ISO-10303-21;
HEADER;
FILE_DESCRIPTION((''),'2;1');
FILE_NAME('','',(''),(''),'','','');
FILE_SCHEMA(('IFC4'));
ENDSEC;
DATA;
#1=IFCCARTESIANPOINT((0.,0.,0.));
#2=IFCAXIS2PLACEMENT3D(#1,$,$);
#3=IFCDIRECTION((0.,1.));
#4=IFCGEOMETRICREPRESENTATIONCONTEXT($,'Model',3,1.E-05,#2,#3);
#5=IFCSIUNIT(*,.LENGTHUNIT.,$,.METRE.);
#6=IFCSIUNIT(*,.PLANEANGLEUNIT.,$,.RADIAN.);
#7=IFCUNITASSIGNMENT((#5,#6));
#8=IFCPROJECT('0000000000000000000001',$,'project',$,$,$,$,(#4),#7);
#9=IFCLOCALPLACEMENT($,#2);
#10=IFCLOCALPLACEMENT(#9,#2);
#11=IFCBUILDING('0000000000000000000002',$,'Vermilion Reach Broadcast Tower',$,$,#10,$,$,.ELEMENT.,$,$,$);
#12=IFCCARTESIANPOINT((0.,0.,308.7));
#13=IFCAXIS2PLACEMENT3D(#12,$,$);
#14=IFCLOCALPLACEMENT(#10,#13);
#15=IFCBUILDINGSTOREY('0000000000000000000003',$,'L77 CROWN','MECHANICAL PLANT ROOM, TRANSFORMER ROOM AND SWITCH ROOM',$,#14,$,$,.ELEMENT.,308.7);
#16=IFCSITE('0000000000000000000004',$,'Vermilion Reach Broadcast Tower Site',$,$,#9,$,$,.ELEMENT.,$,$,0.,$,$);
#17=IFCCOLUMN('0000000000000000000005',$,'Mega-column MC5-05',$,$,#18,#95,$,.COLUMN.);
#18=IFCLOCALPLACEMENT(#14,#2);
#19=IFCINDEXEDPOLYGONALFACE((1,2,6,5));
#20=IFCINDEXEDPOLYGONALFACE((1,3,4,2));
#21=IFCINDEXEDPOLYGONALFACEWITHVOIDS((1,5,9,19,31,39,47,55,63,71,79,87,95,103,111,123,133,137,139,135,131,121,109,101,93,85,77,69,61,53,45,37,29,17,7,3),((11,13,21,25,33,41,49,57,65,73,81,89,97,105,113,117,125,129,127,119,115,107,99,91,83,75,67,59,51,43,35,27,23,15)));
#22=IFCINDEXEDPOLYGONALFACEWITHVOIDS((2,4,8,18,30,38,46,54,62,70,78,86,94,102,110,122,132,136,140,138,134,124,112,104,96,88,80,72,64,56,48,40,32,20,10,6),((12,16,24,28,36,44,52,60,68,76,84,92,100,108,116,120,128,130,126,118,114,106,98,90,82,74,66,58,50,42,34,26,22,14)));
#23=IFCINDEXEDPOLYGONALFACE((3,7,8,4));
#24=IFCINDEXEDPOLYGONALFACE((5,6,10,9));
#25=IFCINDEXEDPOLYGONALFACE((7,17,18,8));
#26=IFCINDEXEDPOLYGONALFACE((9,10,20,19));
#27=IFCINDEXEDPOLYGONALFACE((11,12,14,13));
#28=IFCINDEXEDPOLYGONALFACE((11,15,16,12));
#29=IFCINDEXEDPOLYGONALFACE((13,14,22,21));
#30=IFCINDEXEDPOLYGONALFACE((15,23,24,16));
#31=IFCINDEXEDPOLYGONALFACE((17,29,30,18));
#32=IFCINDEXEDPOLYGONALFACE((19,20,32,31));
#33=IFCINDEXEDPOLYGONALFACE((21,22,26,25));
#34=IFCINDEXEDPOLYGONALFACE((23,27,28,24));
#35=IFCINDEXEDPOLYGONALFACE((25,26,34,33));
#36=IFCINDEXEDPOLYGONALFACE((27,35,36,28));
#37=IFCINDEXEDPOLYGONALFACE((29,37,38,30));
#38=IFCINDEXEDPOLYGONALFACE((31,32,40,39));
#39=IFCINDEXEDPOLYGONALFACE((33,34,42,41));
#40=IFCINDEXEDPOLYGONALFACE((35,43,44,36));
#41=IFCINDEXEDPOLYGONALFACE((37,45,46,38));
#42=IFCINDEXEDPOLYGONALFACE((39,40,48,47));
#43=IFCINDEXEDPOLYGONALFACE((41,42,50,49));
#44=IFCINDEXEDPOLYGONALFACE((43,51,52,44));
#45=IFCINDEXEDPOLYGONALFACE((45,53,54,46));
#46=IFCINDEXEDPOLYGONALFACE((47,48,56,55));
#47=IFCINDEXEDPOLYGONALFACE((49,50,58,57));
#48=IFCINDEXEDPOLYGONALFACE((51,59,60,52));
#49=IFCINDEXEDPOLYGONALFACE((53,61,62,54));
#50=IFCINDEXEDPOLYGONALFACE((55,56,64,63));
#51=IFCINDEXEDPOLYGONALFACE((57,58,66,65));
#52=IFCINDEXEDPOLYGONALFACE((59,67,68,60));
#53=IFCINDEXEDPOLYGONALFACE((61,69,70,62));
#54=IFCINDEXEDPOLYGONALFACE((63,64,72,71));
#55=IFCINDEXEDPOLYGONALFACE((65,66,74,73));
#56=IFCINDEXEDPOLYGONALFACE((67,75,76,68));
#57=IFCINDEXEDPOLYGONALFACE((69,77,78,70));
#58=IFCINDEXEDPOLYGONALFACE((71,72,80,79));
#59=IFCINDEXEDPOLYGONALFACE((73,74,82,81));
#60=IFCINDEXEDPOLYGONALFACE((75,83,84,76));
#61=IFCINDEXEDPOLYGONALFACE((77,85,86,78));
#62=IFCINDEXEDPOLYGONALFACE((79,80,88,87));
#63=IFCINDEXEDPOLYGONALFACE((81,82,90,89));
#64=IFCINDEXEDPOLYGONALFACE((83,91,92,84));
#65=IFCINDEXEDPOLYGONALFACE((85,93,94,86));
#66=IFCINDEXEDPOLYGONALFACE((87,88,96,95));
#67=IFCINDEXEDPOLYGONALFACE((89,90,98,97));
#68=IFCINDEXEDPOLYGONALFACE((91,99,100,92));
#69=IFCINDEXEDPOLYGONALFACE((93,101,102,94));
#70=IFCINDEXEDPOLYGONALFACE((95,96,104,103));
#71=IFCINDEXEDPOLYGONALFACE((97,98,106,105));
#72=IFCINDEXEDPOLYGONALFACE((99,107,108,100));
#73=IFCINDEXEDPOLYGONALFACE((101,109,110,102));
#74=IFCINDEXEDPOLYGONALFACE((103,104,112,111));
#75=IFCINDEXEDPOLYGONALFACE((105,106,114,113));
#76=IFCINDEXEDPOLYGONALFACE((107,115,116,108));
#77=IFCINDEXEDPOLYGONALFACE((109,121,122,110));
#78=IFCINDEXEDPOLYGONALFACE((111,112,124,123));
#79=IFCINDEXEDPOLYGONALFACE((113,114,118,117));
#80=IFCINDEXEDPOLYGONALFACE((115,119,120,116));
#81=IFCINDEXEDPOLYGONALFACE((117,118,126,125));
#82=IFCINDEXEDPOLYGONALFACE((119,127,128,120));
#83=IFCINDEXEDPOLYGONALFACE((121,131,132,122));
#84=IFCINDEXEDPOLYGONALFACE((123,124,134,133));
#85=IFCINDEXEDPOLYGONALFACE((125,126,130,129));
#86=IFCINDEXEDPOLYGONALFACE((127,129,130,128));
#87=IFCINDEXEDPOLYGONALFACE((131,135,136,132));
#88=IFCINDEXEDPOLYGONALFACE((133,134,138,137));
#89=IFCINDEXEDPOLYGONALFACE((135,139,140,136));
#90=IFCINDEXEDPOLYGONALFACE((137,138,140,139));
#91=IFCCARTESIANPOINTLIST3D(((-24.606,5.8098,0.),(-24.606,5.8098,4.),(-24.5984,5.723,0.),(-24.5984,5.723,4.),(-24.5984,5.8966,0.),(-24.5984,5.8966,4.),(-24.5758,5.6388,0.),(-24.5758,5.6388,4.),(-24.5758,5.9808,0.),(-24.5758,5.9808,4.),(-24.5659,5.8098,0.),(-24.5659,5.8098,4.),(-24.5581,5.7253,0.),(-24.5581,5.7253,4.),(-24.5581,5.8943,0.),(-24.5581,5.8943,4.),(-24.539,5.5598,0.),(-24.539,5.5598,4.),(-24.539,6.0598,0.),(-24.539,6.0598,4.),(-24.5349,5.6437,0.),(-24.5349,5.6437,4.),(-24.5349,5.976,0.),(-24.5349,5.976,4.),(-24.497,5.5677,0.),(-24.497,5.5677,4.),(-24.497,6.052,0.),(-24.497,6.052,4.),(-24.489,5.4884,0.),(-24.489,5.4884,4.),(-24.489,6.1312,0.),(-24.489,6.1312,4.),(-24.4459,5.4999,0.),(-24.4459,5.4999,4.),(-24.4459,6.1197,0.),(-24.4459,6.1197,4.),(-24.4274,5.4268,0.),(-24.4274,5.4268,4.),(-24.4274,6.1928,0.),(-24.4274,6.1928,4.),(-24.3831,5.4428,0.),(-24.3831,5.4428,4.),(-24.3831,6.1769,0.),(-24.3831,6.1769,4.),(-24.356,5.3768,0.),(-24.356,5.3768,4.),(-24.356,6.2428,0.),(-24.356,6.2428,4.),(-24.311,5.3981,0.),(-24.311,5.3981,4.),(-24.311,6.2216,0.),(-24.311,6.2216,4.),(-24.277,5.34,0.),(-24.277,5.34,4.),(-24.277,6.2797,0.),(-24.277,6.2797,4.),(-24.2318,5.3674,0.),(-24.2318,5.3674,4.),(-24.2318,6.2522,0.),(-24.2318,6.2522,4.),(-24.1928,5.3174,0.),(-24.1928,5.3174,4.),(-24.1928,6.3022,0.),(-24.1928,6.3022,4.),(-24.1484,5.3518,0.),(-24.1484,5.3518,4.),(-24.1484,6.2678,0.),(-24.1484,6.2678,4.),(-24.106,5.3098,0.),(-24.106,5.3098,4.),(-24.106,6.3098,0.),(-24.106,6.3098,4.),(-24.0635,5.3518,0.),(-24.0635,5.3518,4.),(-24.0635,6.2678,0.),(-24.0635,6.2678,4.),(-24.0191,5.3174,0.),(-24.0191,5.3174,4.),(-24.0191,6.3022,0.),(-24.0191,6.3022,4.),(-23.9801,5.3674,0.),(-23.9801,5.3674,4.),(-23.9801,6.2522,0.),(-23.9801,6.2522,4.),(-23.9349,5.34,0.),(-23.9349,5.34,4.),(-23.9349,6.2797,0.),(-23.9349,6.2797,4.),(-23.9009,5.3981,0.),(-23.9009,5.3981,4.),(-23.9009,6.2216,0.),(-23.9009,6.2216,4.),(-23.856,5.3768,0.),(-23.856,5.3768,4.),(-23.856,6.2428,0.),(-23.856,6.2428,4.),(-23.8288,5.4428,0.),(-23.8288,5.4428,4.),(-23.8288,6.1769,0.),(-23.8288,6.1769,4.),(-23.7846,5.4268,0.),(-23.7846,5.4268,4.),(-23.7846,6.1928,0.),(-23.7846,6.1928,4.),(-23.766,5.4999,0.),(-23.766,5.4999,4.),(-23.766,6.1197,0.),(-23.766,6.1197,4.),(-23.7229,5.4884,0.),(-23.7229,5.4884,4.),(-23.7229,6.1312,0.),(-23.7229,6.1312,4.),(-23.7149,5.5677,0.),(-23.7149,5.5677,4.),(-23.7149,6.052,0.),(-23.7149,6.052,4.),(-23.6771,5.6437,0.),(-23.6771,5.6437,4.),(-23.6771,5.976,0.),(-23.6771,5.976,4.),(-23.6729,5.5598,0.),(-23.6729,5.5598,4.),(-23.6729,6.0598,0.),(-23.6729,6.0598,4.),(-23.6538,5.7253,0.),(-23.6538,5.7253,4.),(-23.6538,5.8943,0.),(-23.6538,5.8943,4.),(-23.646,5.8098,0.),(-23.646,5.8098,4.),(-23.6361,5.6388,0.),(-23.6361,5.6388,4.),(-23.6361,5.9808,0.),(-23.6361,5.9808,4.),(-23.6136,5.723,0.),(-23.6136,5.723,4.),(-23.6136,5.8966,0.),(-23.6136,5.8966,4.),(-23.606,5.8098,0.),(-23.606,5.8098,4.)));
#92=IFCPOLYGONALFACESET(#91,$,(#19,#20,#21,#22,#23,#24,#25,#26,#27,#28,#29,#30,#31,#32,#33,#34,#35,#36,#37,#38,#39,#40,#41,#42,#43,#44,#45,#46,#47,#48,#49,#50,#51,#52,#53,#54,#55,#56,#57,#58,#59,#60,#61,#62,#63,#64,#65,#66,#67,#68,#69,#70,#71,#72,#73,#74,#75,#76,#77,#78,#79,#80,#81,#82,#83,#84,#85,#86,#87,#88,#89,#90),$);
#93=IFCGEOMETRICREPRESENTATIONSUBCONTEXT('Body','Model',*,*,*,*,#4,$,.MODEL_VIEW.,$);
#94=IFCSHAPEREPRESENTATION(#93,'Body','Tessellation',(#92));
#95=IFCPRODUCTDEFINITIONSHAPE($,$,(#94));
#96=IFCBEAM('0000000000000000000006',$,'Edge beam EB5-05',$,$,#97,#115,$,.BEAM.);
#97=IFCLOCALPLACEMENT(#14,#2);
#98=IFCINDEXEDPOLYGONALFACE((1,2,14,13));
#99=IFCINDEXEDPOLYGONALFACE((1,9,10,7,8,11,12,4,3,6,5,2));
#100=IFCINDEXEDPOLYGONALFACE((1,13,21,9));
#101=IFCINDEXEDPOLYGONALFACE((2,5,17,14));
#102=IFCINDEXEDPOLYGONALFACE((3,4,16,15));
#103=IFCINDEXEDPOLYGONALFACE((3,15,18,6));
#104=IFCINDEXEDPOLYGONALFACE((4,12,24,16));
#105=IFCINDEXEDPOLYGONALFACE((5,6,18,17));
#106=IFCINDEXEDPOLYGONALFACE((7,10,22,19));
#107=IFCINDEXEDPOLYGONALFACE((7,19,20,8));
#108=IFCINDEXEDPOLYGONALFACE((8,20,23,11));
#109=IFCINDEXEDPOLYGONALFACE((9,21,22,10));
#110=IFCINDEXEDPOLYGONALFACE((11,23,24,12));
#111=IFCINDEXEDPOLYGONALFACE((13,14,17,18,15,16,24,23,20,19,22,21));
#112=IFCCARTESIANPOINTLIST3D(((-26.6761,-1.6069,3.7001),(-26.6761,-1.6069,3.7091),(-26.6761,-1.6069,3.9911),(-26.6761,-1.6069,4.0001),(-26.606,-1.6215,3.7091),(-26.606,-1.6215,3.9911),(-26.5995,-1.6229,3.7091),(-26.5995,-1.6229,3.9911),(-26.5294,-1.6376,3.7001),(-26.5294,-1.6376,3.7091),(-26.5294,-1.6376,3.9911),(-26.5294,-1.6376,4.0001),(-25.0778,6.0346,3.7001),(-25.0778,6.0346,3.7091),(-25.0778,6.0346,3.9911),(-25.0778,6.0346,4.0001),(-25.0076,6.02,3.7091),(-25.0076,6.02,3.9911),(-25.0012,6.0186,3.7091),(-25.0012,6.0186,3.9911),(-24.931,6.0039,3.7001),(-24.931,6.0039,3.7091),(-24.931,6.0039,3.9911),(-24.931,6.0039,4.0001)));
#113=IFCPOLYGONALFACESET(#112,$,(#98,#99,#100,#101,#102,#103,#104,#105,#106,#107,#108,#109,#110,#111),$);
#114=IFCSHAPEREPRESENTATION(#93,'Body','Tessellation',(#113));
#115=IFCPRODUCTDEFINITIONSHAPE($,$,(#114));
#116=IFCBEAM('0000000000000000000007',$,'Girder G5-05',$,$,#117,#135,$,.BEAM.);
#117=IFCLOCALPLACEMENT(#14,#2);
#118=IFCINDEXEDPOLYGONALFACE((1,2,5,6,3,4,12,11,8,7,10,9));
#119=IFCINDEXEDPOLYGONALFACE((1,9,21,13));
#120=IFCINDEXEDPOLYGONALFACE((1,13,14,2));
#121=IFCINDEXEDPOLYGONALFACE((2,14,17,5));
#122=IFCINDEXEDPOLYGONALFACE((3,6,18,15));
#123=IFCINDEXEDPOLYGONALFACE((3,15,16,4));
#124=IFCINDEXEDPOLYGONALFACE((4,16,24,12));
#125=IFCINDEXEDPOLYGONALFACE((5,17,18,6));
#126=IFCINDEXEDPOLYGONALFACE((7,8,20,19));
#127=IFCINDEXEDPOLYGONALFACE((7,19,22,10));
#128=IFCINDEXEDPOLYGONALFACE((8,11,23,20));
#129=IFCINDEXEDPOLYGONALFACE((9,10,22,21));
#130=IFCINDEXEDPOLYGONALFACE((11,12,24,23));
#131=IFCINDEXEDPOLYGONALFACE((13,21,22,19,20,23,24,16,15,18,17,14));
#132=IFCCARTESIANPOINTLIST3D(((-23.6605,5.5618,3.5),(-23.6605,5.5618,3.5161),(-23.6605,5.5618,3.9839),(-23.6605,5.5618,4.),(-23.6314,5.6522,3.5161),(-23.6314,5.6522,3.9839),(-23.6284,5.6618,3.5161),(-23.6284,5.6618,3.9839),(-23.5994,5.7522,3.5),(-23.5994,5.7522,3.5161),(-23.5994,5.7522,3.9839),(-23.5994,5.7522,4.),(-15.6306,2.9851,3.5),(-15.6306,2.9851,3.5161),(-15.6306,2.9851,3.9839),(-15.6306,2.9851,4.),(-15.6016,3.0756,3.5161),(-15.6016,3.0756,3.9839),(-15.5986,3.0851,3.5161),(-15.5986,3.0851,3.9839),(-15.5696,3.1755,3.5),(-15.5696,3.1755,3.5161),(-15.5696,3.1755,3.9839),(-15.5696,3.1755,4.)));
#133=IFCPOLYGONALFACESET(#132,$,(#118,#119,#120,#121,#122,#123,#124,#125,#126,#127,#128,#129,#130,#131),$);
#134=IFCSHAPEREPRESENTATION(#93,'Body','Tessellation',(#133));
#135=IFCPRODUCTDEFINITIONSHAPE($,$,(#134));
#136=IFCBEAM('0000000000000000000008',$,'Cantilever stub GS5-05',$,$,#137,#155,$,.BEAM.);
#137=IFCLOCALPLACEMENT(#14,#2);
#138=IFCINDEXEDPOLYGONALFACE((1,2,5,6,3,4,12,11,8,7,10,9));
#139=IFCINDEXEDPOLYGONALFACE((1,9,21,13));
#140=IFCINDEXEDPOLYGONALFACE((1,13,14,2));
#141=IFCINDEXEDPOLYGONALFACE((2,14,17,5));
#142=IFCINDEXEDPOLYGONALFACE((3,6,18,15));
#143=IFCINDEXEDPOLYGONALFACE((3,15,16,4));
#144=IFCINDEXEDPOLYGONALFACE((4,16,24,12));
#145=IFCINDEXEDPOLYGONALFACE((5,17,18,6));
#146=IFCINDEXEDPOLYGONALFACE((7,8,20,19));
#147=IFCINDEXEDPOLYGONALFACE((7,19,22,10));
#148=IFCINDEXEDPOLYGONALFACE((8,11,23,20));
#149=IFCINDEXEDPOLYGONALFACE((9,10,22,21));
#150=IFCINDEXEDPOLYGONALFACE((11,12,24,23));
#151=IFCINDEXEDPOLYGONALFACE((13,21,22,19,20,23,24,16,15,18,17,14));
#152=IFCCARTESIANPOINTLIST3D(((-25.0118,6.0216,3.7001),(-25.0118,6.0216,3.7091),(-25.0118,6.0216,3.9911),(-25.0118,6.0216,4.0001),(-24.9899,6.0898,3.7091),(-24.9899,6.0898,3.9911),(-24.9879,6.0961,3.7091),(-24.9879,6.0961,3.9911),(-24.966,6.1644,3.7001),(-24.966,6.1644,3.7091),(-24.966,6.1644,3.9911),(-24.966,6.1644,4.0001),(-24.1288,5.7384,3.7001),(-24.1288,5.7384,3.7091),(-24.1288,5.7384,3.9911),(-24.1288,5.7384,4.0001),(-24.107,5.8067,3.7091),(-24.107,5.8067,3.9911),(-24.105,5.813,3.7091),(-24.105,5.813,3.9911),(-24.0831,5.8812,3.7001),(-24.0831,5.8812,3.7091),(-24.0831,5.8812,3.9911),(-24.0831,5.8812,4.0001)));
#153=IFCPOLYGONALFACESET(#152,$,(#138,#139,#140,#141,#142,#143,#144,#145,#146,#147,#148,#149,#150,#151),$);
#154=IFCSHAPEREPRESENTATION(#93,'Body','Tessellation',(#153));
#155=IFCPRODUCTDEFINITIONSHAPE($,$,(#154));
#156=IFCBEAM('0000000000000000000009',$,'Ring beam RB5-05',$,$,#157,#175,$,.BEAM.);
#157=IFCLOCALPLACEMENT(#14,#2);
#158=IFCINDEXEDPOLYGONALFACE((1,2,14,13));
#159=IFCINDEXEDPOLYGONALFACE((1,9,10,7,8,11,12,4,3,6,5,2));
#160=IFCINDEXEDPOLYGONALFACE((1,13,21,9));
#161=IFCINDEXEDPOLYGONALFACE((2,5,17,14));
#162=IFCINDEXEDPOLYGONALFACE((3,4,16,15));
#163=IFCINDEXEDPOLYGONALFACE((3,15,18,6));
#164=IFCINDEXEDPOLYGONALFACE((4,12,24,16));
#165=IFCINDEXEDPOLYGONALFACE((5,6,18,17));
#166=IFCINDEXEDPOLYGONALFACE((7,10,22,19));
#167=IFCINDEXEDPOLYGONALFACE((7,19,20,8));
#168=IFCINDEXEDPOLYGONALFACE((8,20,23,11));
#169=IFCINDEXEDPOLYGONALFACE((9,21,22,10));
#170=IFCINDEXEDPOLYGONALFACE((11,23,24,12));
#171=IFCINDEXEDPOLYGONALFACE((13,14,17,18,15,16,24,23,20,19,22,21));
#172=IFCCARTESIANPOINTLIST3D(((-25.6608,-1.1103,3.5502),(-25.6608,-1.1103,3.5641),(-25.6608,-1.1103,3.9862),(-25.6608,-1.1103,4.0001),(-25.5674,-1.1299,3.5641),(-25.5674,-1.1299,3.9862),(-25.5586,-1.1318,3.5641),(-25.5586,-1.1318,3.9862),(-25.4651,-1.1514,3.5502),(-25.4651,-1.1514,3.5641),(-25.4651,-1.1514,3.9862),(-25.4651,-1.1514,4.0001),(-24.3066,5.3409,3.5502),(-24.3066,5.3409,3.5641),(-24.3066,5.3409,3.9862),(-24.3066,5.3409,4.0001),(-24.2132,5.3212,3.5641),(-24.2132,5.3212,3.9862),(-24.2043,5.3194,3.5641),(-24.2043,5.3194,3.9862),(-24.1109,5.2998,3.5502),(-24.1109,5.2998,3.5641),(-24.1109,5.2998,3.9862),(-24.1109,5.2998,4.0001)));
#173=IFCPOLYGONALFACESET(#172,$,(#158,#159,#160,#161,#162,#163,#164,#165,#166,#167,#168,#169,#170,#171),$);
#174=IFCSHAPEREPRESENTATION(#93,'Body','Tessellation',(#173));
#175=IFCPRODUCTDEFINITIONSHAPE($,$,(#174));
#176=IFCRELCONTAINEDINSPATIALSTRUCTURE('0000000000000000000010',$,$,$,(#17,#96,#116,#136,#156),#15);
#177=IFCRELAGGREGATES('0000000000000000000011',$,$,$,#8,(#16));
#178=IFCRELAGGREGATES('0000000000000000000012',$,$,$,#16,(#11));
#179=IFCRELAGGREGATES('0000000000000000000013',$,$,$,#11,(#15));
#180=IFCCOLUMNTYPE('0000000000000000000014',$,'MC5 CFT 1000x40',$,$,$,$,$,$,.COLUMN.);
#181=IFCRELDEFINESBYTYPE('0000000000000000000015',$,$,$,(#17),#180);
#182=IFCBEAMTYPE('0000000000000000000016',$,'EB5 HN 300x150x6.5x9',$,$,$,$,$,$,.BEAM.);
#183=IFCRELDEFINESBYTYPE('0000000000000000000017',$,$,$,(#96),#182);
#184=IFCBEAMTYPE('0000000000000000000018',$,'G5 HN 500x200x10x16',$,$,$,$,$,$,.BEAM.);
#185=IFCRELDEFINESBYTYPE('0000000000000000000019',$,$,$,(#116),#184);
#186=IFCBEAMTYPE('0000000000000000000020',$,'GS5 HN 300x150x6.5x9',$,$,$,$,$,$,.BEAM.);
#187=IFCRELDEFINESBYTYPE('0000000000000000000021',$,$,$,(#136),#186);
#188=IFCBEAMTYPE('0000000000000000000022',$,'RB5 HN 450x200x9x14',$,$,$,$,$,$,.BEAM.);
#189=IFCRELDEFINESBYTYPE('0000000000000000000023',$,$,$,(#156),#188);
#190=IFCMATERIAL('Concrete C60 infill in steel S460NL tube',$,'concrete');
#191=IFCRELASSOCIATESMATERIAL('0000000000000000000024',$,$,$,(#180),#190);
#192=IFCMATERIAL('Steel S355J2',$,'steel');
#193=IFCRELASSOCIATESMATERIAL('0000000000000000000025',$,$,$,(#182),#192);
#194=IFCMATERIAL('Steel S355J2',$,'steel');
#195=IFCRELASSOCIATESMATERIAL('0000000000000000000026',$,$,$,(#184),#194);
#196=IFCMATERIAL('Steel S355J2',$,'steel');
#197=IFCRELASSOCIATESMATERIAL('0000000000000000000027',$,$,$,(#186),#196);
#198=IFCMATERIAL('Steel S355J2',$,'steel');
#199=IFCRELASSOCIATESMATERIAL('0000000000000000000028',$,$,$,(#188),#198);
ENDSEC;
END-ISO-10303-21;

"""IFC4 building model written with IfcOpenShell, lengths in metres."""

from ifc_helpers import new_model, si_unit, direction, frame, origin, origin_2d, place, context, subcontext, project, spatial, hollow_circle, i_section, extrude, material, material_profile, profile_set, type_object, element, save


model = new_model("IFC4")

# Units and contexts
model_context = context("Model", 3, precision=1e-05, world=origin(), true_north=direction((0.0, 1.0)))
body_context = subcontext(model_context, "Body", "Model", "MODEL_VIEW")
ifc_project = project(units=[si_unit("LENGTHUNIT", "METRE"), si_unit("PLANEANGLEUNIT", "RADIAN")], contexts=[model_context])

# Site, building, storey
site_placement = place(None, origin())
site = spatial("IfcSite", under=ifc_project, at=site_placement, Name="Vermilion Reach Broadcast Tower Site", CompositionType="ELEMENT", RefElevation=0.0)
building_placement = place(site_placement, origin())
building = spatial("IfcBuilding", under=site, at=building_placement, Name="Vermilion Reach Broadcast Tower", CompositionType="ELEMENT")
storey_placement = place(building_placement, frame((0.0, 0.0, 308.7)))
storey = spatial("IfcBuildingStorey", under=building, at=storey_placement, Name="L77 CROWN", Description="MECHANICAL PLANT ROOM, TRANSFORMER ROOM AND SWITCH ROOM", CompositionType="ELEMENT", Elevation=308.7)

# Column
ifc_material_1 = material(Name="Concrete C60 infill in steel S460NL tube", Category="concrete")
ifc_material_profile_1 = material_profile(ifc_material_1, hollow_circle(Radius=0.5, WallThickness=0.04, at=origin_2d()), Name="Concrete C60 infill in steel S460NL tube CFT 1000x40")
ifc_profile_set_1 = profile_set([ifc_material_profile_1], Name="Concrete C60 infill in steel S460NL tube")
column_type = type_object("IfcColumnType", Name="MC5 CFT 1000x40", PredefinedType="COLUMN", material=ifc_profile_set_1)
column_placement = place(storey_placement, frame((-24.106, 5.8098, 0.0), z_axis=(0.0, 0.0, 1.0), x_axis=(1.0, 0.0, 0.0)))
element("IfcColumn", 1, at=column_placement, inside=storey, type_object=column_type, Name="Mega-column MC5-05", PredefinedType="COLUMN", context=body_context, shape_type="SweptSolid", body=[
    extrude(hollow_circle(Radius=0.5, WallThickness=0.04, at=origin_2d()), origin(), (0.0, 0.0, 1.0), 4.0),
])

# Beams
ifc_material_2 = material(Name="Steel S355J2", Category="steel")
ifc_material_profile_2 = material_profile(ifc_material_2, i_section(OverallWidth=0.1499, OverallDepth=0.3, WebThickness=0.0066, FlangeThickness=0.009, at=origin_2d()), Name="S355J2 HN 300x150x6.5x9")
ifc_profile_set_2 = profile_set([ifc_material_profile_2], Name="Steel S355J2")
beam_type_1 = type_object("IfcBeamType", Name="EB5 HN 300x150x6.5x9", PredefinedType="BEAM", material=ifc_profile_set_2)
beam_1_placement = place(storey_placement, frame((-25.0044, 6.0193, 3.8501), z_axis=(-0.204738, -0.978817, 0.0), x_axis=(0.978817, -0.204738, 0.0)))
element("IfcBeam", 2, at=beam_1_placement, inside=storey, type_object=beam_type_1, Name="Edge beam EB5-05", PredefinedType="BEAM", context=body_context, shape_type="SweptSolid", body=[
    extrude(i_section(OverallWidth=0.1499, OverallDepth=0.3, WebThickness=0.0066, FlangeThickness=0.009, at=origin_2d()), origin(), (0.0, 0.0, 1.0), 7.8069),
])
ifc_material_3 = material(Name="Steel S355J2", Category="steel")
ifc_material_profile_3 = material_profile(ifc_material_3, i_section(OverallWidth=0.2, OverallDepth=0.5, WebThickness=0.01, FlangeThickness=0.0161, at=origin_2d()), Name="S355J2 HN 500x200x10x16")
ifc_profile_set_3 = profile_set([ifc_material_profile_3], Name="Steel S355J2")
beam_type_2 = type_object("IfcBeamType", Name="G5 HN 500x200x10x16", PredefinedType="BEAM", material=ifc_profile_set_3)
beam_2_placement = place(storey_placement, frame((-15.6001, 3.0803, 3.75), z_axis=(-0.952178, 0.305542, 0.0), x_axis=(-0.305542, -0.952178, 0.0)))
element("IfcBeam", 3, at=beam_2_placement, inside=storey, type_object=beam_type_2, Name="Girder G5-05", PredefinedType="BEAM", context=body_context, shape_type="SweptSolid", body=[
    extrude(i_section(OverallWidth=0.2, OverallDepth=0.5, WebThickness=0.01, FlangeThickness=0.0161, at=origin_2d()), origin(), (0.0, 0.0, 1.0), 8.4331),
])
ifc_material_4 = material(Name="Steel S355J2", Category="steel")
ifc_material_profile_4 = material_profile(ifc_material_4, i_section(OverallWidth=0.1499, OverallDepth=0.3, WebThickness=0.0066, FlangeThickness=0.009, at=origin_2d()), Name="S355J2 HN 300x150x6.5x9")
ifc_profile_set_4 = profile_set([ifc_material_profile_4], Name="Steel S355J2")
beam_type_3 = type_object("IfcBeamType", Name="GS5 HN 300x150x6.5x9", PredefinedType="BEAM", material=ifc_profile_set_4)
beam_3_placement = place(storey_placement, frame((-24.106, 5.8098, 3.8501), z_axis=(-0.952228, 0.305387, 0.0), x_axis=(-0.305387, -0.952228, 0.0)))
element("IfcBeam", 4, at=beam_3_placement, inside=storey, type_object=beam_type_3, Name="Cantilever stub GS5-05", PredefinedType="BEAM", context=body_context, shape_type="SweptSolid", body=[
    extrude(i_section(OverallWidth=0.1499, OverallDepth=0.3, WebThickness=0.0066, FlangeThickness=0.009, at=origin_2d()), origin(), (0.0, 0.0, 1.0), 0.9272),
])
ifc_material_5 = material(Name="Steel S355J2", Category="steel")
ifc_material_profile_5 = material_profile(ifc_material_5, i_section(OverallWidth=0.2, OverallDepth=0.45, WebThickness=0.009, FlangeThickness=0.0139, at=origin_2d()), Name="S355J2 HN 450x200x9x14")
ifc_profile_set_5 = profile_set([ifc_material_profile_5], Name="Steel S355J2")
beam_type_4 = type_object("IfcBeamType", Name="RB5 HN 450x200x9x14", PredefinedType="BEAM", material=ifc_profile_set_5)
beam_4_placement = place(storey_placement, frame((-24.2087, 5.3203, 3.7751), z_axis=(-0.205445, -0.978669, 0.0), x_axis=(0.978669, -0.205445, 0.0)))
element("IfcBeam", 5, at=beam_4_placement, inside=storey, type_object=beam_type_4, Name="Ring beam RB5-05", PredefinedType="BEAM", context=body_context, shape_type="SweptSolid", body=[
    extrude(i_section(OverallWidth=0.2, OverallDepth=0.45, WebThickness=0.009, FlangeThickness=0.0139, at=origin_2d()), origin(), (0.0, 0.0, 1.0), 6.5918),
])

save(model, "model.ifc")
